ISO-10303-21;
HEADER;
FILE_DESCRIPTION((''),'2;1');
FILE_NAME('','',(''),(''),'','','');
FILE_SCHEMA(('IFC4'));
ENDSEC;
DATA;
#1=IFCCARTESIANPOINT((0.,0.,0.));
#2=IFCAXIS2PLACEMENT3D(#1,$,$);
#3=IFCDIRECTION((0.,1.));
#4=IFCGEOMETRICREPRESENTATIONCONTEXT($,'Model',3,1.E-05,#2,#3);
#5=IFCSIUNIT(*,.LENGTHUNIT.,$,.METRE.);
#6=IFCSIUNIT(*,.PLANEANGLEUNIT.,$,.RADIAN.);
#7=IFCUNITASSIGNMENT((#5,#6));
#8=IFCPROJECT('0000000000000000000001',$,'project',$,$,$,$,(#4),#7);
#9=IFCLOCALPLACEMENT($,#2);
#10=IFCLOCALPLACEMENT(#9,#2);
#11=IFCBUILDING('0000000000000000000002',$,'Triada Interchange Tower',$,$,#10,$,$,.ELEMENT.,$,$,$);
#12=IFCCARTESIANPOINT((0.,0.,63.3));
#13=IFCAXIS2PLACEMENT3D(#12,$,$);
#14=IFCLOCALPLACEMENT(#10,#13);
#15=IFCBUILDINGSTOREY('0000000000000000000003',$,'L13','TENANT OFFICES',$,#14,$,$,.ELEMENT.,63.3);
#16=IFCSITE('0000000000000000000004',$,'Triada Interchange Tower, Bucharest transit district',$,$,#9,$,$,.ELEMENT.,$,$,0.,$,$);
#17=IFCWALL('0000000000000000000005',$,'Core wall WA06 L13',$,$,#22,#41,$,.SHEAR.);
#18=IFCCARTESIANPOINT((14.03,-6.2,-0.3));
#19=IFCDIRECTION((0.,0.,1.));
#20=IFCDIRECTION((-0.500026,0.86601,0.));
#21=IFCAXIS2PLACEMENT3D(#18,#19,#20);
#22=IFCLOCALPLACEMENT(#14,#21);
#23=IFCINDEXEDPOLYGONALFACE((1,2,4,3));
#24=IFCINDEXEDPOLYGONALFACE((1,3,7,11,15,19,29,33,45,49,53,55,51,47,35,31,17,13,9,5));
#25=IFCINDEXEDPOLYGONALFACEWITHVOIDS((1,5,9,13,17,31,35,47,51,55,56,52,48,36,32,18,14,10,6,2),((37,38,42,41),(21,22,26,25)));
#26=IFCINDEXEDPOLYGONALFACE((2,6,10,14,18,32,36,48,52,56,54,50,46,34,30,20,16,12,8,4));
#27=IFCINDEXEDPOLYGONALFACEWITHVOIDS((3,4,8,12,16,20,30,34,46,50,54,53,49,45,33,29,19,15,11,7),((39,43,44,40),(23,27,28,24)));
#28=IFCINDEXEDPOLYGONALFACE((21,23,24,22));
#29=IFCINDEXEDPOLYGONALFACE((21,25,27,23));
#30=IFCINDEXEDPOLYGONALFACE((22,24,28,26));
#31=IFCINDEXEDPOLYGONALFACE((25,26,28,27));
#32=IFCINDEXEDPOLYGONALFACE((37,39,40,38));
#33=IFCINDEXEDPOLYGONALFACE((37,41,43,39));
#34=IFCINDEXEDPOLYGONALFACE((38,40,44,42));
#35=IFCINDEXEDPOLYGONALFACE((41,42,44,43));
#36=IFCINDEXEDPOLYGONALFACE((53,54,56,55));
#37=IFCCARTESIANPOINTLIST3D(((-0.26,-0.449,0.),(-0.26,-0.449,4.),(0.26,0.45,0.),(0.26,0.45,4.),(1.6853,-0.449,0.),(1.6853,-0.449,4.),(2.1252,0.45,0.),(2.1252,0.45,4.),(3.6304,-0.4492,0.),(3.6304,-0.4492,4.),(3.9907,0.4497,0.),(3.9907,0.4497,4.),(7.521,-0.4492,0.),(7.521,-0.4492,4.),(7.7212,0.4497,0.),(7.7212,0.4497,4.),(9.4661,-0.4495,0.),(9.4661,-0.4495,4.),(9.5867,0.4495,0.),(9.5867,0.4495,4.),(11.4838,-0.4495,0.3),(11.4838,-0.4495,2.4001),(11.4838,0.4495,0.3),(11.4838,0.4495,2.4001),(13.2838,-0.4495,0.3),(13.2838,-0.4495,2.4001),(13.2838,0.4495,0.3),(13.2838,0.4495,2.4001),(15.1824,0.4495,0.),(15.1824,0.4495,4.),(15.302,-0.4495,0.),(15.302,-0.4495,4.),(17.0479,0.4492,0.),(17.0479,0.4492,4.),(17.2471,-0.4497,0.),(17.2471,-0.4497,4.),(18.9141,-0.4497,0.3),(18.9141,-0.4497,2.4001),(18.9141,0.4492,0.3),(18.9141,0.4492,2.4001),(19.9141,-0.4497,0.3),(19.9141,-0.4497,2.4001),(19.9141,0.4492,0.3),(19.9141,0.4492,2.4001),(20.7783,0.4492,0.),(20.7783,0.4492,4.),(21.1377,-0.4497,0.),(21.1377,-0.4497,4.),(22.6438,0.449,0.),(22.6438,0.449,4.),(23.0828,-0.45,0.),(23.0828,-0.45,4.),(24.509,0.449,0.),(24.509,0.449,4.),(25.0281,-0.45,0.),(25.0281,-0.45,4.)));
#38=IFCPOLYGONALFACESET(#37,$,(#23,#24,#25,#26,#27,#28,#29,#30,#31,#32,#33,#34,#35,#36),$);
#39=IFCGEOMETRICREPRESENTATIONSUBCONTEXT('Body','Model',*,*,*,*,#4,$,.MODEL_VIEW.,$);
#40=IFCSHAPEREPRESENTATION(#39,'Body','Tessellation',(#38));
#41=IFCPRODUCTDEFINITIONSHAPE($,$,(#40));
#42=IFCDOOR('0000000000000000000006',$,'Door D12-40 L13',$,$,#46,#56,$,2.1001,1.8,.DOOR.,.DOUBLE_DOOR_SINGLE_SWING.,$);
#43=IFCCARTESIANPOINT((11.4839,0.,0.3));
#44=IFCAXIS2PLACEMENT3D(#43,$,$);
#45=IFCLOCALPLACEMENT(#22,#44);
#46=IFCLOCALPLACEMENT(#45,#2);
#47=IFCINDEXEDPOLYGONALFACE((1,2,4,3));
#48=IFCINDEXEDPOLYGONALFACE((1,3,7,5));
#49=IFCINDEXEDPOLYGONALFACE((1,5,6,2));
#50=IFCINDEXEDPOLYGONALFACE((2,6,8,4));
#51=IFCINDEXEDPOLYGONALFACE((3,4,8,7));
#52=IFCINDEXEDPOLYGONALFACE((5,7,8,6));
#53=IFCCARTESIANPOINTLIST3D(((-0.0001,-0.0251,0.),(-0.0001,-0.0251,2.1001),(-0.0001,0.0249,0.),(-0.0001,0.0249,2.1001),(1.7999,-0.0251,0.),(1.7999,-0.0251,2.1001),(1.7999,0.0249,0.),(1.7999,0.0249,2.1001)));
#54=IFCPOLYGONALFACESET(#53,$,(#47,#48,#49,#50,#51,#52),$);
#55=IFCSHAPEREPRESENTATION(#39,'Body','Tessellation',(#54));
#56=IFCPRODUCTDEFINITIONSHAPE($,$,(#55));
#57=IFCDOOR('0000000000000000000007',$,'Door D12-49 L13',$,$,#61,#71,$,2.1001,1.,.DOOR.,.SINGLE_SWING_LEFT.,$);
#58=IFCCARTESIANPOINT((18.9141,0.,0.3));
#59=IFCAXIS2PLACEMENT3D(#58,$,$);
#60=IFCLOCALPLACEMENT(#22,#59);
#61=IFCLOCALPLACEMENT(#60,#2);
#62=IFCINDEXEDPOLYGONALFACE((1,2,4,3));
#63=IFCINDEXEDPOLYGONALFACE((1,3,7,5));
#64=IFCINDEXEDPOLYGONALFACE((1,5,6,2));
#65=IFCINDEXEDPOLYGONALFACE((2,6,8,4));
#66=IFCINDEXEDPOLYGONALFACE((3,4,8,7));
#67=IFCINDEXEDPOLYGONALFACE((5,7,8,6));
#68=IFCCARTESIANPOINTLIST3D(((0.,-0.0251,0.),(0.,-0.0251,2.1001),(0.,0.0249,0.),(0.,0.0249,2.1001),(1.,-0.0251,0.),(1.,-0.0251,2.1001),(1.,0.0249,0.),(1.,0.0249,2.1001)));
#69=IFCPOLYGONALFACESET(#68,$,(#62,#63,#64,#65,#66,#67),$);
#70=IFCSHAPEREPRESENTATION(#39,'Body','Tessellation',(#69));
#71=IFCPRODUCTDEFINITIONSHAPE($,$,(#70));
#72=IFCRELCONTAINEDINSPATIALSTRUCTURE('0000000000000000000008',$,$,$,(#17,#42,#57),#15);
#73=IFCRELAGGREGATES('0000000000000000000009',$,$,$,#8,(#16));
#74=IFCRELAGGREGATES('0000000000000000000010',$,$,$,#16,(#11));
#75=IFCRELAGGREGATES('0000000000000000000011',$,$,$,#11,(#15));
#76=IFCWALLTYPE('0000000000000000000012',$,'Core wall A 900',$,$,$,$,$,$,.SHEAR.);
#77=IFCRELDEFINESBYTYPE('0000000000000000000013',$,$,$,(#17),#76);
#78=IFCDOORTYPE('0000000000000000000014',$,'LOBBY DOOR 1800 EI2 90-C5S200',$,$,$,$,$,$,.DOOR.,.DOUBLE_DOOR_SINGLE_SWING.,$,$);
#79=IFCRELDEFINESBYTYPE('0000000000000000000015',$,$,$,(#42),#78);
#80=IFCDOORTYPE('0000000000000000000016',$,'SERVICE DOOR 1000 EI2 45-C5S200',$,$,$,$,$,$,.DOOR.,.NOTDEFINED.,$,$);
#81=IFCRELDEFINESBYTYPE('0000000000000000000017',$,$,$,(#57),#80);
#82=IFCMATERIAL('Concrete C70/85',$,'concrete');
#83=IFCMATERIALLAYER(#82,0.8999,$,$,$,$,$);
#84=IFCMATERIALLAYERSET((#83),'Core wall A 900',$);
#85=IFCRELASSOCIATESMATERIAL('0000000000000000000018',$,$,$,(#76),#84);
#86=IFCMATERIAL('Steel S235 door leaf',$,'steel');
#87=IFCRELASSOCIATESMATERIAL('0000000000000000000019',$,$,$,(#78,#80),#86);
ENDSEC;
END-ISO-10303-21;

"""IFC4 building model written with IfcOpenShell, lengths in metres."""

from ifc_helpers import new_model, si_unit, direction, frame, frame_2d, origin, place, context, subcontext, project, spatial, polyline, rectangle, outline, extrude, material, layer, layer_set, type_object, element, fill, save


model = new_model("IFC4")

# Units and contexts
model_context = context("Model", 3, precision=1e-05, world=origin(), true_north=direction((0.0, 1.0)))
body_context = subcontext(model_context, "Body", "Model", "MODEL_VIEW")
ifc_project = project(units=[si_unit("LENGTHUNIT", "METRE"), si_unit("PLANEANGLEUNIT", "RADIAN")], contexts=[model_context])

# Site, building, storey
site_placement = place(None, origin())
site = spatial("IfcSite", under=ifc_project, at=site_placement, Name="Triada Interchange Tower, Bucharest transit district", CompositionType="ELEMENT", RefElevation=0.0)
building_placement = place(site_placement, origin())
building = spatial("IfcBuilding", under=site, at=building_placement, Name="Triada Interchange Tower", CompositionType="ELEMENT")
storey_placement = place(building_placement, frame((0.0, 0.0, 63.3)))
storey = spatial("IfcBuildingStorey", under=building, at=storey_placement, Name="L13", Description="TENANT OFFICES", CompositionType="ELEMENT", Elevation=63.3)

# Shared definitions
ifc_material_1 = material(Name="Steel S235 door leaf", Category="steel")

# Shared definitions
ifc_material_2 = material(Name="Concrete C70/85", Category="concrete")
ifc_layer_1 = layer(ifc_material_2, 0.8999)
ifc_layer_set_1 = layer_set([ifc_layer_1], Name="Core wall A 900")
wall_type_1 = type_object("IfcWallType", Name="Core wall A 900", PredefinedType="SHEAR", material=ifc_layer_set_1)

# Wall, openings, doors
wall_1_placement = place(storey_placement, frame((14.03, -6.2, -0.3), z_axis=(0.0, 0.0, 1.0), x_axis=(-0.500026, 0.86601, 0.0)))
wall_1 = element("IfcWall", 1, at=wall_1_placement, inside=storey, type_object=wall_type_1, Name="Core wall WA06 L13", PredefinedType="SHEAR", context=body_context, shape_type="SweptSolid", body=[
    extrude(outline(polyline([(-0.26, -0.449), (1.6853, -0.449), (3.6304, -0.4492), (5.5757, -0.4492), (7.521, -0.4492), (9.4661, -0.4495), (11.4114, -0.4495), (13.3567, -0.4495), (15.302, -0.4495), (17.2471, -0.4497), (19.1924, -0.4497), (21.1377, -0.4497), (23.0828, -0.45), (25.0281, -0.45), (24.509, 0.449), (22.6438, 0.449), (20.7783, 0.4492), (18.9131, 0.4492), (17.0479, 0.4492), (15.1824, 0.4495), (13.3171, 0.4495), (11.4519, 0.4495), (9.5867, 0.4495), (7.7212, 0.4497), (5.856, 0.4497), (3.9907, 0.4497), (2.1252, 0.45), (0.26, 0.45), (-0.26, -0.449)])), origin(), (0.0, 0.0, 1.0), 4.0),
])
opening_1_placement = place(wall_1_placement, frame((11.4839, 0.0, 0.3)))
opening_1 = element("IfcOpeningElement", 2, at=opening_1_placement, cuts=wall_1, PredefinedType="OPENING", context=body_context, shape_type="SweptSolid", body=[
    extrude(rectangle(XDim=1.8, YDim=2.1001, at=frame_2d((0.8999, 1.05))), frame((0.0, 0.46, 0.0), z_axis=(0.0, -1.0, 0.0), x_axis=(1.0, 0.0, 0.0)), (0.0, 0.0, 1.0), 0.9199),
])
opening_2_placement = place(wall_1_placement, frame((18.9141, 0.0, 0.3)))
opening_2 = element("IfcOpeningElement", 3, at=opening_2_placement, cuts=wall_1, PredefinedType="OPENING", context=body_context, shape_type="SweptSolid", body=[
    extrude(rectangle(XDim=1.0, YDim=2.1001, at=frame_2d((0.5, 1.05))), frame((0.0, 0.46, 0.0), z_axis=(0.0, -1.0, 0.0), x_axis=(1.0, 0.0, 0.0)), (0.0, 0.0, 1.0), 0.9199),
])
door_type_1 = type_object("IfcDoorType", Name="LOBBY DOOR 1800 EI2 90-C5S200", OperationType="DOUBLE_DOOR_SINGLE_SWING", PredefinedType="DOOR", material=ifc_material_1)
door_1_placement = place(opening_1_placement, origin())
door_1 = element("IfcDoor", 4, at=door_1_placement, inside=storey, type_object=door_type_1, Name="Door D12-40 L13", OperationType="DOUBLE_DOOR_SINGLE_SWING", OverallHeight=2.1001, OverallWidth=1.8, PredefinedType="DOOR", context=body_context, shape_type="SweptSolid", body=[
    extrude(rectangle(XDim=1.8, YDim=2.1001, at=frame_2d((0.8999, 1.05))), frame((0.0, 0.0249, 0.0), z_axis=(0.0, -1.0, 0.0), x_axis=(1.0, 0.0, 0.0)), (0.0, 0.0, 1.0), 0.05),
])
fill(opening_1, door_1)
door_type_2 = type_object("IfcDoorType", Name="SERVICE DOOR 1000 EI2 45-C5S200", OperationType="NOTDEFINED", PredefinedType="DOOR", material=ifc_material_1)
door_2_placement = place(opening_2_placement, origin())
door_2 = element("IfcDoor", 5, at=door_2_placement, inside=storey, type_object=door_type_2, Name="Door D12-49 L13", OperationType="SINGLE_SWING_LEFT", OverallHeight=2.1001, OverallWidth=1.0, PredefinedType="DOOR", context=body_context, shape_type="SweptSolid", body=[
    extrude(rectangle(XDim=1.0, YDim=2.1001, at=frame_2d((0.5, 1.05))), frame((0.0, 0.0249, 0.0), z_axis=(0.0, -1.0, 0.0), x_axis=(1.0, 0.0, 0.0)), (0.0, 0.0, 1.0), 0.05),
])
fill(opening_2, door_2)

save(model, "model.ifc")
